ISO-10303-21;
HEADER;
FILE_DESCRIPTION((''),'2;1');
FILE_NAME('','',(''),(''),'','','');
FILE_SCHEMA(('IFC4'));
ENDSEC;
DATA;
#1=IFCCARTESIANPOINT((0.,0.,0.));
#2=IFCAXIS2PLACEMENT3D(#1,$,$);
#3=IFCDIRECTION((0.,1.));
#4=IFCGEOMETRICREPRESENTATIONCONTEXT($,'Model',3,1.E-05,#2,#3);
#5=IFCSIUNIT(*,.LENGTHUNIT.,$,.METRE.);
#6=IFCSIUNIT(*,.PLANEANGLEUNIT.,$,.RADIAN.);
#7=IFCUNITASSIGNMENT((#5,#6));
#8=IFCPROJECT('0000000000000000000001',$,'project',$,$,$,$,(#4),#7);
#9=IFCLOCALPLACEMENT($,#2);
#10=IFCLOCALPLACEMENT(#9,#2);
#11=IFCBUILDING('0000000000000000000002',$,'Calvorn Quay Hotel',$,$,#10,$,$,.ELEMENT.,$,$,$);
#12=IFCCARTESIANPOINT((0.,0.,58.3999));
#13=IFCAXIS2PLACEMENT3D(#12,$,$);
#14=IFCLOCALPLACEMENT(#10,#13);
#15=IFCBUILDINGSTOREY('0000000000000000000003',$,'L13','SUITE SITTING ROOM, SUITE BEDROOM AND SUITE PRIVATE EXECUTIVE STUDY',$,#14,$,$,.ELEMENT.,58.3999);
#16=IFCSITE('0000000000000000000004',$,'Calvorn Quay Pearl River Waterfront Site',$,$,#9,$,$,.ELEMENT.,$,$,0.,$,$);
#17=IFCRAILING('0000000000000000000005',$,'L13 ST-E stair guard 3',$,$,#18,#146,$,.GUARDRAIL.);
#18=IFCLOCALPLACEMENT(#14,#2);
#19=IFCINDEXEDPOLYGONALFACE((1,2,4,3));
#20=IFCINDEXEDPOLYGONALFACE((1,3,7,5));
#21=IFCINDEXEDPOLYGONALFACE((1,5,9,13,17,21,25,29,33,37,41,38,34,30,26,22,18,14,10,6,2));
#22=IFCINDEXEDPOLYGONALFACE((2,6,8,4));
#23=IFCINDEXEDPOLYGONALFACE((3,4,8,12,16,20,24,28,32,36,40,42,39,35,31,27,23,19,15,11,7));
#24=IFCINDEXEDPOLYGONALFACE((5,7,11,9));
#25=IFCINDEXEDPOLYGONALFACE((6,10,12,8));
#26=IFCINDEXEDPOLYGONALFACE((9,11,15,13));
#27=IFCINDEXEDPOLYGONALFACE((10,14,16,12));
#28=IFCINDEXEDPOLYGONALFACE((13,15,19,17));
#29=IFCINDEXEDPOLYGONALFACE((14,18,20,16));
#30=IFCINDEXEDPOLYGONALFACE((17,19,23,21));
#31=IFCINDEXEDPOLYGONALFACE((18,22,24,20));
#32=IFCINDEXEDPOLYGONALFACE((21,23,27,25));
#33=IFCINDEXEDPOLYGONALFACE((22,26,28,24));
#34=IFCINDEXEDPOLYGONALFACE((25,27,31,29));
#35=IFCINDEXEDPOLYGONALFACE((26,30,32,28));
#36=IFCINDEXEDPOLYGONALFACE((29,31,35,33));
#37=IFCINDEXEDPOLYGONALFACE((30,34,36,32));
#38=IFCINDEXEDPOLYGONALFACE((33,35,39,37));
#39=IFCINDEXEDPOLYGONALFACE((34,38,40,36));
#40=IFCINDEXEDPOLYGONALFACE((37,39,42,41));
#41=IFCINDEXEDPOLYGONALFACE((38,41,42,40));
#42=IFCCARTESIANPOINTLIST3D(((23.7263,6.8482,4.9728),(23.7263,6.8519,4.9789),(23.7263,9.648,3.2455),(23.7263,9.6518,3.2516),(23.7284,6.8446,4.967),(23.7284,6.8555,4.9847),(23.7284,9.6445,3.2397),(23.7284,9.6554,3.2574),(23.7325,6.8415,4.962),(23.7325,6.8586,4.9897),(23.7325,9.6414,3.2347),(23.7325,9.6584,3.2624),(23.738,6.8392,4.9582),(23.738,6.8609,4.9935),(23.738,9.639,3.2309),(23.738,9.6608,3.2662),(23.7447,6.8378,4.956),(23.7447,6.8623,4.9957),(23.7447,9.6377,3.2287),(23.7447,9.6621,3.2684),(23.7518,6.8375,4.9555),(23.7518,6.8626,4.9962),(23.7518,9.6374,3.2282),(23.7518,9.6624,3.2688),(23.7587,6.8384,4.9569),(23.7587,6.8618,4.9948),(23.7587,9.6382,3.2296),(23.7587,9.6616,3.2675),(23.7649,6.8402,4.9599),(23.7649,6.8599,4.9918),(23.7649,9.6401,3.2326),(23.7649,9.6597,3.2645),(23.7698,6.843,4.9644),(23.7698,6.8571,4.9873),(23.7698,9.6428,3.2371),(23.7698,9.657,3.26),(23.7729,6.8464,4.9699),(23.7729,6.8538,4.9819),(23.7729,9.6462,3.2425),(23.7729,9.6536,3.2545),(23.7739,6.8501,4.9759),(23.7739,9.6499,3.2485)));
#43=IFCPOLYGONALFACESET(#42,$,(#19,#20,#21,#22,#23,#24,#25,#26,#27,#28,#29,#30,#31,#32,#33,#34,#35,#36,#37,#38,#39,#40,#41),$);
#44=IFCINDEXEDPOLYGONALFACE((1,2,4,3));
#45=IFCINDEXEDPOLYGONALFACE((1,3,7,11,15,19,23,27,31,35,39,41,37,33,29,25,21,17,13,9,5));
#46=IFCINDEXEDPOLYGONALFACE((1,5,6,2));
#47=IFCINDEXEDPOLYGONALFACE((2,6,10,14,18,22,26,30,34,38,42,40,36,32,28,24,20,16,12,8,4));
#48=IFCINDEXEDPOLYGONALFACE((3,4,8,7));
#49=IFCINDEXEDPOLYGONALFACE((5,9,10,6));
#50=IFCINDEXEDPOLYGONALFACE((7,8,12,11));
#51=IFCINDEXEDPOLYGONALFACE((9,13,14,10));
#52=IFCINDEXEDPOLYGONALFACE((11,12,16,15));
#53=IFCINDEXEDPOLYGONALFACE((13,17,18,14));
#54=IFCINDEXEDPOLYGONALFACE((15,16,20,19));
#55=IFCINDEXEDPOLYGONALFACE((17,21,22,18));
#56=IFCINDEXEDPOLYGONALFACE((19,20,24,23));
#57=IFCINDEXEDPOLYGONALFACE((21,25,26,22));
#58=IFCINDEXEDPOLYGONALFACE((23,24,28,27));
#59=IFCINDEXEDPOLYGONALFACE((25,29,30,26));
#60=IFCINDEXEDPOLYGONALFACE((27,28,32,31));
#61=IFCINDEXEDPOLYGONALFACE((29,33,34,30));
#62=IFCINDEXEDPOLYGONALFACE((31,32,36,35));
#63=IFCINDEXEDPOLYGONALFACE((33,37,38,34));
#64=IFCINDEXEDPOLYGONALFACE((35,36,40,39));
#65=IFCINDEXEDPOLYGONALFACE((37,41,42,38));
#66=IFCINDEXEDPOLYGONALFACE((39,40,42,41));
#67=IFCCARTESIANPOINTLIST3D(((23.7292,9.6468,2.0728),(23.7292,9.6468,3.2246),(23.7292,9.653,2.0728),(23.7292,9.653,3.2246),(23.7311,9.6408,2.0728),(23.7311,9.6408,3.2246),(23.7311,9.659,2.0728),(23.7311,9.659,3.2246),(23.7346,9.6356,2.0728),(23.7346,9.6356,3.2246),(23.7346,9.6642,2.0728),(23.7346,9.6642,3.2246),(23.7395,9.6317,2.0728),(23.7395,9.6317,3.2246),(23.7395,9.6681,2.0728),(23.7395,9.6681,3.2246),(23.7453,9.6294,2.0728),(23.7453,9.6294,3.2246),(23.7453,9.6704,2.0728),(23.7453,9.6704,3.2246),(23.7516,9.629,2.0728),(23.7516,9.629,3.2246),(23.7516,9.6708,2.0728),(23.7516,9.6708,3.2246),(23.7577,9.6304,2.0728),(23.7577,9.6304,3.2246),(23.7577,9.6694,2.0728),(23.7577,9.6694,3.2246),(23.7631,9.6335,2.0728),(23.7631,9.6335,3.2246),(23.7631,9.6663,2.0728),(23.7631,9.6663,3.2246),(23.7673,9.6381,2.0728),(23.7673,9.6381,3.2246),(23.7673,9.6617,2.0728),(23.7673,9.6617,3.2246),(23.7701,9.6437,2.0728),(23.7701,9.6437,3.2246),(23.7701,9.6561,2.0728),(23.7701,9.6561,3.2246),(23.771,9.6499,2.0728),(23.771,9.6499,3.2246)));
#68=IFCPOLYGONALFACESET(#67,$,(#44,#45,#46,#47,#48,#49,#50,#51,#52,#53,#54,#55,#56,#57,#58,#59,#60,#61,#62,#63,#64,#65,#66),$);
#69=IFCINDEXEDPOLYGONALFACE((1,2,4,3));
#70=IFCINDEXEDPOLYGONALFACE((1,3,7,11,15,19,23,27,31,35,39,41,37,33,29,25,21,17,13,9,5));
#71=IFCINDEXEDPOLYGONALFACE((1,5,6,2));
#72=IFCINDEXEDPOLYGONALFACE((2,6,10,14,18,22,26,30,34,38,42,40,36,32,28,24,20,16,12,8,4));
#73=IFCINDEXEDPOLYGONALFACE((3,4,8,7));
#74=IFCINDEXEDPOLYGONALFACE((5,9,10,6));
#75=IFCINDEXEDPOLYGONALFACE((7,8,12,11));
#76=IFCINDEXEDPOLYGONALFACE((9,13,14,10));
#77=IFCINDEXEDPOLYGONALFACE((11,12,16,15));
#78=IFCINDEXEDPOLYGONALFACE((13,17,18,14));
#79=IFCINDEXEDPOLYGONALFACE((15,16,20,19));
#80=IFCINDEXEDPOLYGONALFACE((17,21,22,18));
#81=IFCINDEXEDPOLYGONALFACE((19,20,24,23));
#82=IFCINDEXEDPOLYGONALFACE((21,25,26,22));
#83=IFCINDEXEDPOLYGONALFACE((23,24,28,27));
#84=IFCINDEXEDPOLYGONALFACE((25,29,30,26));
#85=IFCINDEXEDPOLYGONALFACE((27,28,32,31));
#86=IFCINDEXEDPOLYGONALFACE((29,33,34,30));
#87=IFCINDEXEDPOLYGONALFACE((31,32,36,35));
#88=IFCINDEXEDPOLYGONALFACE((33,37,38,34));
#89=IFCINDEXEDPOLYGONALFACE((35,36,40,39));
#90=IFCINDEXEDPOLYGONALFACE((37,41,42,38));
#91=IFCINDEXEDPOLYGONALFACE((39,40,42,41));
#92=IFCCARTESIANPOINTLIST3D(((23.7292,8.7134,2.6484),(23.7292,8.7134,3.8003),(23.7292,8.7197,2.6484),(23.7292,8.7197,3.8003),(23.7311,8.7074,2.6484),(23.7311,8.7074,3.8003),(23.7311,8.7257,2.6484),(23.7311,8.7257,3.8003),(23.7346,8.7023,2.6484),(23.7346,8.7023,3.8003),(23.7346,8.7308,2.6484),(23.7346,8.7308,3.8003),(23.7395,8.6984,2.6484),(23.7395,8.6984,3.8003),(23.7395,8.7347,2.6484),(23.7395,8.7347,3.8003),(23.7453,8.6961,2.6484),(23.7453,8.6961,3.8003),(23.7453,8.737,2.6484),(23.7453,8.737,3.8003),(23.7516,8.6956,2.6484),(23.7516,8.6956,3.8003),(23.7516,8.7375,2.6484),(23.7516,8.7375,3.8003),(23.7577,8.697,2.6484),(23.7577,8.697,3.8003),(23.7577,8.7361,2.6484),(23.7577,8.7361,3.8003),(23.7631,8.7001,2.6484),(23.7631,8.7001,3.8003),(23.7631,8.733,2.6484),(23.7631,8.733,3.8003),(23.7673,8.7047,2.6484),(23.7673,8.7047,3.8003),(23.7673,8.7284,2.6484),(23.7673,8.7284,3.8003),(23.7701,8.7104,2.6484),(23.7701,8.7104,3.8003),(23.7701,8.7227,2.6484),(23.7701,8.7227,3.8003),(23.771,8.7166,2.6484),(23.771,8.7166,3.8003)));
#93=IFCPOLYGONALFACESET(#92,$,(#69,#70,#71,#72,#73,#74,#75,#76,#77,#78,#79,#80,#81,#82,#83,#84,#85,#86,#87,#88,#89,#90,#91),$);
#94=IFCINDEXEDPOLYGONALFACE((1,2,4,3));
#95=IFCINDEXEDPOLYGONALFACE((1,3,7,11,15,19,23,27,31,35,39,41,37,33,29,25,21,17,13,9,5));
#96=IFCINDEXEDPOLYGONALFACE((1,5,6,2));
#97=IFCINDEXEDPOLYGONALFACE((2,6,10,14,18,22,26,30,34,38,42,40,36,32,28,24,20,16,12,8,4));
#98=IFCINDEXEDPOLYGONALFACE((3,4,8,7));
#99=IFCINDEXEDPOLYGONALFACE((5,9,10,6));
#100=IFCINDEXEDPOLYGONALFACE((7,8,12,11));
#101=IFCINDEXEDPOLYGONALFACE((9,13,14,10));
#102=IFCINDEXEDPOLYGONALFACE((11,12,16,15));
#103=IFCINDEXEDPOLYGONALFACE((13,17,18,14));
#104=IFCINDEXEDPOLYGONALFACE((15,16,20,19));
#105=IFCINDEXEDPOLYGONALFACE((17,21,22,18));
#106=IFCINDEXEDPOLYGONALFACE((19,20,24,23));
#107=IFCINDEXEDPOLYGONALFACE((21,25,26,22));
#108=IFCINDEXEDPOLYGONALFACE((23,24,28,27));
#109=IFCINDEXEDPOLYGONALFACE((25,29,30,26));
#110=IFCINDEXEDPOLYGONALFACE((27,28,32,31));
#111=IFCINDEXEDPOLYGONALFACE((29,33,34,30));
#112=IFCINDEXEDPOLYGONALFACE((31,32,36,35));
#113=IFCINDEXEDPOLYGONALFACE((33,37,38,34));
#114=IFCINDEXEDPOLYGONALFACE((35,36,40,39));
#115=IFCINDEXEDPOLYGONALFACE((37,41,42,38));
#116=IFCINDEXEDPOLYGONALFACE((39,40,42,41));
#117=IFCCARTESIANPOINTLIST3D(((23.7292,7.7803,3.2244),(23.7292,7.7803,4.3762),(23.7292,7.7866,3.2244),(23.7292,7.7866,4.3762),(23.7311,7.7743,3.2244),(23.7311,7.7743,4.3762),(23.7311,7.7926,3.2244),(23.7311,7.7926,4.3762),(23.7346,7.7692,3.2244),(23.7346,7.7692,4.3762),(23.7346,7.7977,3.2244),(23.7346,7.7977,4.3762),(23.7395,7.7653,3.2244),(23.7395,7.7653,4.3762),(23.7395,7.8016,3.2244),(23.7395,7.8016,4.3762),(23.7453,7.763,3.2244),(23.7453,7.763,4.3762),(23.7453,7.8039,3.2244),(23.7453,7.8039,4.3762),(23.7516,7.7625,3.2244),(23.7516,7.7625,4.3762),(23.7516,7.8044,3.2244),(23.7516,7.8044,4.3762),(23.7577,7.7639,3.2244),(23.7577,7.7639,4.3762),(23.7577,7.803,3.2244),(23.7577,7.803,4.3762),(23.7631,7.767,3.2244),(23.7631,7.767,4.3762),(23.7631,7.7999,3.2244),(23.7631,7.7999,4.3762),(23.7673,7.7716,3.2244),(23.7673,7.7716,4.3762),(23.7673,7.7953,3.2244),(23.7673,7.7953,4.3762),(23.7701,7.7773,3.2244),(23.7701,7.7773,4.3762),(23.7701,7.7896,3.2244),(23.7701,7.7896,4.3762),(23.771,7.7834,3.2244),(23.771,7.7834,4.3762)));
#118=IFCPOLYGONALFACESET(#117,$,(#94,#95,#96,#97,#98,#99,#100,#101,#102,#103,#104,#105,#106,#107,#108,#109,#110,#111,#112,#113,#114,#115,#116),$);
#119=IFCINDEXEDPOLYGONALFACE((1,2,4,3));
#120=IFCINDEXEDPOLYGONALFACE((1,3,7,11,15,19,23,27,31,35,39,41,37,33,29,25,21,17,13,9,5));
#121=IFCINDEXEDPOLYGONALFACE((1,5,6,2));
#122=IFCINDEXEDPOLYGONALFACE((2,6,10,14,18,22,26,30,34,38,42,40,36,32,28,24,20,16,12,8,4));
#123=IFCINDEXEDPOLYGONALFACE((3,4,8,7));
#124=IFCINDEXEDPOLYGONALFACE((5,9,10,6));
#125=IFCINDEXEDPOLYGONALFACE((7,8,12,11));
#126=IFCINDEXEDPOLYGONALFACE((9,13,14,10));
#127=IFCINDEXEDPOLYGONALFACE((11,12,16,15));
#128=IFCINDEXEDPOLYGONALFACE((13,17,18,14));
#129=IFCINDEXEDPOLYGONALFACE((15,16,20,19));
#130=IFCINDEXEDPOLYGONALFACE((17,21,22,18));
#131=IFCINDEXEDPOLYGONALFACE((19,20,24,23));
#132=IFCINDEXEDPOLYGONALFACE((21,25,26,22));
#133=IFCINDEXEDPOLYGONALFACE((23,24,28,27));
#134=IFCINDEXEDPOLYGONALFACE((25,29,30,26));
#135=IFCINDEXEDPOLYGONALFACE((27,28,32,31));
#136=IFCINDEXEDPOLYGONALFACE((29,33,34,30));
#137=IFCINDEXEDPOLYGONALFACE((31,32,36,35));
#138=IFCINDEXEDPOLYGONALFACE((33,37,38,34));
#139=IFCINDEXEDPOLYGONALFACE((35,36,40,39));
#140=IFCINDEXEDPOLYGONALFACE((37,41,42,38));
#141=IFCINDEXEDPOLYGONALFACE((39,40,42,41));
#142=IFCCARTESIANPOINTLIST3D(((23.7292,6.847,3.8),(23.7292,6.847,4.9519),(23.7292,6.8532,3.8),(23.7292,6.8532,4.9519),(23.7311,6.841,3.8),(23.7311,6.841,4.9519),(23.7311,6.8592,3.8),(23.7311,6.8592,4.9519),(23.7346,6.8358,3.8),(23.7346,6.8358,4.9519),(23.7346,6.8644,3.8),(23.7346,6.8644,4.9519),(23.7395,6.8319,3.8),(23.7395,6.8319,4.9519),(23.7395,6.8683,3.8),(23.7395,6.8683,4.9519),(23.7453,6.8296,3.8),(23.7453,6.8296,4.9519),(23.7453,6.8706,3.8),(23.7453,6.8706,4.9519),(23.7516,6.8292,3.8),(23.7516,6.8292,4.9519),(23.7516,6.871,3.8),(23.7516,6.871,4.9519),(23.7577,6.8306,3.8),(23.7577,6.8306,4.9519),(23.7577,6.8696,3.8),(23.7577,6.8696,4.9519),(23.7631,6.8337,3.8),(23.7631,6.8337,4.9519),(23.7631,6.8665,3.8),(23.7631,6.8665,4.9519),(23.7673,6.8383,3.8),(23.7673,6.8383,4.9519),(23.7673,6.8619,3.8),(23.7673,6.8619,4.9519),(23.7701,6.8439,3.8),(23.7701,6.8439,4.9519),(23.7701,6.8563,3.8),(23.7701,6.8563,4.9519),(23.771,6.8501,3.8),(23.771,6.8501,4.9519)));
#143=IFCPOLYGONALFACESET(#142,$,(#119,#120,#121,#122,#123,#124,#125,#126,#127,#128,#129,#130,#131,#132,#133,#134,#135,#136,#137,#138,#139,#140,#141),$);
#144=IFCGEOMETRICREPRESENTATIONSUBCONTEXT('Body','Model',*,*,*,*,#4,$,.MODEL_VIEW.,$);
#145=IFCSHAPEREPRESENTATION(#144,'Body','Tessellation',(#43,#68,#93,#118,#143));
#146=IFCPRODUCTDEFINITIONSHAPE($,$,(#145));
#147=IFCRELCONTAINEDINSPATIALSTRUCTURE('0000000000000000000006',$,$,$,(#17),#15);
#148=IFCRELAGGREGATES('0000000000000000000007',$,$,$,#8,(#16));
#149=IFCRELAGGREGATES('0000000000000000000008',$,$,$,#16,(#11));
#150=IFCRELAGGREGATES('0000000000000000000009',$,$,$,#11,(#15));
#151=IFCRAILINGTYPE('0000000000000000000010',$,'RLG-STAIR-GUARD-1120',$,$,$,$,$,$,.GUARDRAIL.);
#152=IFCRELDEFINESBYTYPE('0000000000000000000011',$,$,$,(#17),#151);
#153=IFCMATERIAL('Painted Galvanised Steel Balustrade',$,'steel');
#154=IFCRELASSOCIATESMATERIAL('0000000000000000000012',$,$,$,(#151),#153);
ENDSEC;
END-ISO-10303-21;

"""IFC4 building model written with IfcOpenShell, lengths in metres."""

from ifc_helpers import new_model, si_unit, direction, frame, origin, origin_2d, place, context, subcontext, project, spatial, circle, extrude, material, type_object, element, save


model = new_model("IFC4")

# Units and contexts
model_context = context("Model", 3, precision=1e-05, world=origin(), true_north=direction((0.0, 1.0)))
body_context = subcontext(model_context, "Body", "Model", "MODEL_VIEW")
ifc_project = project(units=[si_unit("LENGTHUNIT", "METRE"), si_unit("PLANEANGLEUNIT", "RADIAN")], contexts=[model_context])

# Site, building, storey
site_placement = place(None, origin())
site = spatial("IfcSite", under=ifc_project, at=site_placement, Name="Calvorn Quay Pearl River Waterfront Site", CompositionType="ELEMENT", RefElevation=0.0)
building_placement = place(site_placement, origin())
building = spatial("IfcBuilding", under=site, at=building_placement, Name="Calvorn Quay Hotel", CompositionType="ELEMENT")
storey_placement = place(building_placement, frame((0.0, 0.0, 58.3999)))
storey = spatial("IfcBuildingStorey", under=building, at=storey_placement, Name="L13", Description="SUITE SITTING ROOM, SUITE BEDROOM AND SUITE PRIVATE EXECUTIVE STUDY", CompositionType="ELEMENT", Elevation=58.3999)

# Railing
ifc_material_1 = material(Name="Painted Galvanised Steel Balustrade", Category="steel")
railing_type_1 = type_object("IfcRailingType", Name="RLG-STAIR-GUARD-1120", PredefinedType="GUARDRAIL", material=ifc_material_1)
railing_1_placement = place(storey_placement, frame((23.75, 9.6499, 2.0728)))
element("IfcRailing", 1, at=railing_1_placement, inside=storey, type_object=railing_type_1, Name="L13 ST-E stair guard 3", PredefinedType="GUARDRAIL", context=body_context, shape_type="SweptSolid", body=[
    extrude(circle(Radius=0.0239, at=origin_2d()), frame((0.0, 0.0, 1.1758), z_axis=(0.0, -0.851069, 0.525054), x_axis=(1.0, 0.0, 0.0)), (0.0, 0.0, 1.0), 3.2898),
    extrude(circle(Radius=0.021, at=origin_2d()), origin(), (0.0, 0.0, 1.0), 1.1519),
    extrude(circle(Radius=0.021, at=origin_2d()), frame((0.0, -0.9333, 0.5757)), (0.0, 0.0, 1.0), 1.1519),
    extrude(circle(Radius=0.021, at=origin_2d()), frame((0.0, -1.8665, 1.1516)), (0.0, 0.0, 1.0), 1.1519),
    extrude(circle(Radius=0.021, at=origin_2d()), frame((0.0, -2.7998, 1.7273)), (0.0, 0.0, 1.0), 1.1519),
])

save(model, "model.ifc")
